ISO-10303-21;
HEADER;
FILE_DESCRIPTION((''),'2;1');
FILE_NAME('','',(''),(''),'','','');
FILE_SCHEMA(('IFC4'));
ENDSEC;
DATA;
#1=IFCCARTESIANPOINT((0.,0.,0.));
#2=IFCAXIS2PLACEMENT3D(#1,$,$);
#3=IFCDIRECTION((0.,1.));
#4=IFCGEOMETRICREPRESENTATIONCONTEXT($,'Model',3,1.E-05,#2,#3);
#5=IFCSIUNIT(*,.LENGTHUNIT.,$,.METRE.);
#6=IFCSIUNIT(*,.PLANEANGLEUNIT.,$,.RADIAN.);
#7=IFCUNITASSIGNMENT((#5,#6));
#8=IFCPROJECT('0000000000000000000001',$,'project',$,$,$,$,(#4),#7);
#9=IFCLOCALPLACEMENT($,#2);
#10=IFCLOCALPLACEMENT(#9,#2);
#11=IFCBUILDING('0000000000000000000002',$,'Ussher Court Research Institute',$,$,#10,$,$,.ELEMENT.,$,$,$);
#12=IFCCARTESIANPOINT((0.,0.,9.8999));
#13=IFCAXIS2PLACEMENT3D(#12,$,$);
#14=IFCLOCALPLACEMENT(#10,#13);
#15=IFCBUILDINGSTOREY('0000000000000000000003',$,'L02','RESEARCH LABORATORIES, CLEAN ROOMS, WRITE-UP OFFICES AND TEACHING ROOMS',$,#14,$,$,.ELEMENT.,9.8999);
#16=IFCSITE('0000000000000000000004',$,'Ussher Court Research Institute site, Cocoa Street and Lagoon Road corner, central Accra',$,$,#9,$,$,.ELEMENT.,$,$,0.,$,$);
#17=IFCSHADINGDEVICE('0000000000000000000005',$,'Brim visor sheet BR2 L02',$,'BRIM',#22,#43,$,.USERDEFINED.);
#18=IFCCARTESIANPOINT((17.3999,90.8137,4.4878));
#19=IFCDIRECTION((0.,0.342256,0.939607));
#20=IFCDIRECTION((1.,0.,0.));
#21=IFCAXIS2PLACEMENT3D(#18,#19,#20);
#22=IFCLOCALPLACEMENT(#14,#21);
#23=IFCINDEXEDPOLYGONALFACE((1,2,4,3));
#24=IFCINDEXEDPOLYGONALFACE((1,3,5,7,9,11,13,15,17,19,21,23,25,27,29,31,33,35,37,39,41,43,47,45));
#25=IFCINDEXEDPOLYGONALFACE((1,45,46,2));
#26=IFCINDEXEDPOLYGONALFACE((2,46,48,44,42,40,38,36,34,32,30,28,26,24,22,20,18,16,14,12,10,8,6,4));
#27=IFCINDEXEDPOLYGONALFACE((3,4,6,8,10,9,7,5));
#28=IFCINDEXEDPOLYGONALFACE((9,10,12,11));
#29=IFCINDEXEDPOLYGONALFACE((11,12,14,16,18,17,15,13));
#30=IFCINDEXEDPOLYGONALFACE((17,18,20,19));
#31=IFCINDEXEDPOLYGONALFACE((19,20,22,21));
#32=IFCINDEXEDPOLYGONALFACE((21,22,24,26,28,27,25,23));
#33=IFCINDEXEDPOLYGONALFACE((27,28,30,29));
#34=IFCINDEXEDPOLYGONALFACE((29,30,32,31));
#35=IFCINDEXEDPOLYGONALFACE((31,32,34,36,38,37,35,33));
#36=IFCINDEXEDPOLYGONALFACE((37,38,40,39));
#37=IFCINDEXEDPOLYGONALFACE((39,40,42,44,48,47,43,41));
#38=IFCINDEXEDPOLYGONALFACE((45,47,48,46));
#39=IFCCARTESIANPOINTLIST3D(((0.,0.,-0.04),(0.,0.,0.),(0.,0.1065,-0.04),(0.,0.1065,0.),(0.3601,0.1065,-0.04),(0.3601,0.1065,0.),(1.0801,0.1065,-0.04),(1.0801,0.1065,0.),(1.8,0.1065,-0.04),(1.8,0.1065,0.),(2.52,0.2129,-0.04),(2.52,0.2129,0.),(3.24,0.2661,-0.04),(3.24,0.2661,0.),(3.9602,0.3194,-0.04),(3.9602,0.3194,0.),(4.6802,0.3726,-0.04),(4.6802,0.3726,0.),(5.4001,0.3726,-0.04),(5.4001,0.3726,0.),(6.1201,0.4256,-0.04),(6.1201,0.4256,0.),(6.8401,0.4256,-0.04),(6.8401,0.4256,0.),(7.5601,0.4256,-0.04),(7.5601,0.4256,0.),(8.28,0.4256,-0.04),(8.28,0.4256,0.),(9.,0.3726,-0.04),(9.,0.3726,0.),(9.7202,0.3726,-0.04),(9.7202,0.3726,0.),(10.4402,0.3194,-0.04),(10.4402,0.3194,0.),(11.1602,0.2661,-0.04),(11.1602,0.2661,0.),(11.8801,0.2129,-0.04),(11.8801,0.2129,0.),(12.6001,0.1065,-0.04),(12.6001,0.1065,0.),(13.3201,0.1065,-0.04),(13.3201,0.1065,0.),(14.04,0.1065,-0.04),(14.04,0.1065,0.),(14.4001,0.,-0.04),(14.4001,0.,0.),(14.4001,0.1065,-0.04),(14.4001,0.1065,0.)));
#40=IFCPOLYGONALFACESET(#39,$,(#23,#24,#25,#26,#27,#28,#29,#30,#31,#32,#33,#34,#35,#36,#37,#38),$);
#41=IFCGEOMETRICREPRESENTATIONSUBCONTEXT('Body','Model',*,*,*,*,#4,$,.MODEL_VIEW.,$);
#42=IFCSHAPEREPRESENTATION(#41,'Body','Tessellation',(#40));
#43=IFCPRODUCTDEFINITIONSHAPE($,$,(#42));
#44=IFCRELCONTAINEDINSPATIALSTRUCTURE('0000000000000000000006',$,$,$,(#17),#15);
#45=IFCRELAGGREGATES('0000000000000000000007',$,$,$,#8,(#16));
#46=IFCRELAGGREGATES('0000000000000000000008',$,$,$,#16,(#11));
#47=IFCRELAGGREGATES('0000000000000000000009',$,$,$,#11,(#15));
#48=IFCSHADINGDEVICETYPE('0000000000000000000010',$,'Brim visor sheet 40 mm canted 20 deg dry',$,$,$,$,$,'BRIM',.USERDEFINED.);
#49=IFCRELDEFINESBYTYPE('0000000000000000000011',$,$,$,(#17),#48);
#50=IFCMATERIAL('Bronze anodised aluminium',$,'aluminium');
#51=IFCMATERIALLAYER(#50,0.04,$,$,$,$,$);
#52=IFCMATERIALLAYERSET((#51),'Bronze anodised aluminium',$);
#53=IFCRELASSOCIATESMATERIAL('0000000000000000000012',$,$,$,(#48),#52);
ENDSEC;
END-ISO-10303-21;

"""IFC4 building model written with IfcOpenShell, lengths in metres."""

from ifc_helpers import new_model, si_unit, direction, frame, origin, place, context, subcontext, project, spatial, polyline, outline, extrude, material, layer, layer_set, type_object, element, save


model = new_model("IFC4")

# Units and contexts
model_context = context("Model", 3, precision=1e-05, world=origin(), true_north=direction((0.0, 1.0)))
body_context = subcontext(model_context, "Body", "Model", "MODEL_VIEW")
ifc_project = project(units=[si_unit("LENGTHUNIT", "METRE"), si_unit("PLANEANGLEUNIT", "RADIAN")], contexts=[model_context])

# Site, building, storey
site_placement = place(None, origin())
site = spatial("IfcSite", under=ifc_project, at=site_placement, Name="Ussher Court Research Institute site, Cocoa Street and Lagoon Road corner, central Accra", CompositionType="ELEMENT", RefElevation=0.0)
building_placement = place(site_placement, origin())
building = spatial("IfcBuilding", under=site, at=building_placement, Name="Ussher Court Research Institute", CompositionType="ELEMENT")
storey_placement = place(building_placement, frame((0.0, 0.0, 9.8999)))
storey = spatial("IfcBuildingStorey", under=building, at=storey_placement, Name="L02", Description="RESEARCH LABORATORIES, CLEAN ROOMS, WRITE-UP OFFICES AND TEACHING ROOMS", CompositionType="ELEMENT", Elevation=9.8999)

# Shading device
ifc_material_1 = material(Name="Bronze anodised aluminium", Category="aluminium")
ifc_layer_1 = layer(ifc_material_1, 0.04)
ifc_layer_set_1 = layer_set([ifc_layer_1], Name="Bronze anodised aluminium")
shading_device_type_1 = type_object("IfcShadingDeviceType", Name="Brim visor sheet 40 mm canted 20 deg dry", ElementType="BRIM", PredefinedType="USERDEFINED", material=ifc_layer_set_1)
shading_device_1_placement = place(storey_placement, frame((17.3999, 90.8137, 4.4878), z_axis=(0.0, 0.342256, 0.939607), x_axis=(1.0, 0.0, 0.0)))
element("IfcShadingDevice", 1, at=shading_device_1_placement, inside=storey, type_object=shading_device_type_1, Name="Brim visor sheet BR2 L02", ObjectType="BRIM", PredefinedType="USERDEFINED", context=body_context, shape_type="SweptSolid", body=[
    extrude(outline(polyline([(0.0, 0.0), (14.4001, 0.0), (14.4001, 0.1065), (14.04, 0.1065), (13.3201, 0.1065), (12.6001, 0.1065), (11.8801, 0.2129), (11.1602, 0.2661), (10.4402, 0.3194), (9.7202, 0.3726), (9.0, 0.3726), (8.28, 0.4256), (7.5601, 0.4256), (6.8401, 0.4256), (6.1201, 0.4256), (5.4001, 0.3726), (4.6802, 0.3726), (3.9602, 0.3194), (3.24, 0.2661), (2.52, 0.2129), (1.8, 0.1065), (1.0801, 0.1065), (0.3601, 0.1065), (0.0, 0.1065), (0.0, 0.0)])), origin(), (0.0, 0.0, -1.0), 0.04),
])

save(model, "model.ifc")
